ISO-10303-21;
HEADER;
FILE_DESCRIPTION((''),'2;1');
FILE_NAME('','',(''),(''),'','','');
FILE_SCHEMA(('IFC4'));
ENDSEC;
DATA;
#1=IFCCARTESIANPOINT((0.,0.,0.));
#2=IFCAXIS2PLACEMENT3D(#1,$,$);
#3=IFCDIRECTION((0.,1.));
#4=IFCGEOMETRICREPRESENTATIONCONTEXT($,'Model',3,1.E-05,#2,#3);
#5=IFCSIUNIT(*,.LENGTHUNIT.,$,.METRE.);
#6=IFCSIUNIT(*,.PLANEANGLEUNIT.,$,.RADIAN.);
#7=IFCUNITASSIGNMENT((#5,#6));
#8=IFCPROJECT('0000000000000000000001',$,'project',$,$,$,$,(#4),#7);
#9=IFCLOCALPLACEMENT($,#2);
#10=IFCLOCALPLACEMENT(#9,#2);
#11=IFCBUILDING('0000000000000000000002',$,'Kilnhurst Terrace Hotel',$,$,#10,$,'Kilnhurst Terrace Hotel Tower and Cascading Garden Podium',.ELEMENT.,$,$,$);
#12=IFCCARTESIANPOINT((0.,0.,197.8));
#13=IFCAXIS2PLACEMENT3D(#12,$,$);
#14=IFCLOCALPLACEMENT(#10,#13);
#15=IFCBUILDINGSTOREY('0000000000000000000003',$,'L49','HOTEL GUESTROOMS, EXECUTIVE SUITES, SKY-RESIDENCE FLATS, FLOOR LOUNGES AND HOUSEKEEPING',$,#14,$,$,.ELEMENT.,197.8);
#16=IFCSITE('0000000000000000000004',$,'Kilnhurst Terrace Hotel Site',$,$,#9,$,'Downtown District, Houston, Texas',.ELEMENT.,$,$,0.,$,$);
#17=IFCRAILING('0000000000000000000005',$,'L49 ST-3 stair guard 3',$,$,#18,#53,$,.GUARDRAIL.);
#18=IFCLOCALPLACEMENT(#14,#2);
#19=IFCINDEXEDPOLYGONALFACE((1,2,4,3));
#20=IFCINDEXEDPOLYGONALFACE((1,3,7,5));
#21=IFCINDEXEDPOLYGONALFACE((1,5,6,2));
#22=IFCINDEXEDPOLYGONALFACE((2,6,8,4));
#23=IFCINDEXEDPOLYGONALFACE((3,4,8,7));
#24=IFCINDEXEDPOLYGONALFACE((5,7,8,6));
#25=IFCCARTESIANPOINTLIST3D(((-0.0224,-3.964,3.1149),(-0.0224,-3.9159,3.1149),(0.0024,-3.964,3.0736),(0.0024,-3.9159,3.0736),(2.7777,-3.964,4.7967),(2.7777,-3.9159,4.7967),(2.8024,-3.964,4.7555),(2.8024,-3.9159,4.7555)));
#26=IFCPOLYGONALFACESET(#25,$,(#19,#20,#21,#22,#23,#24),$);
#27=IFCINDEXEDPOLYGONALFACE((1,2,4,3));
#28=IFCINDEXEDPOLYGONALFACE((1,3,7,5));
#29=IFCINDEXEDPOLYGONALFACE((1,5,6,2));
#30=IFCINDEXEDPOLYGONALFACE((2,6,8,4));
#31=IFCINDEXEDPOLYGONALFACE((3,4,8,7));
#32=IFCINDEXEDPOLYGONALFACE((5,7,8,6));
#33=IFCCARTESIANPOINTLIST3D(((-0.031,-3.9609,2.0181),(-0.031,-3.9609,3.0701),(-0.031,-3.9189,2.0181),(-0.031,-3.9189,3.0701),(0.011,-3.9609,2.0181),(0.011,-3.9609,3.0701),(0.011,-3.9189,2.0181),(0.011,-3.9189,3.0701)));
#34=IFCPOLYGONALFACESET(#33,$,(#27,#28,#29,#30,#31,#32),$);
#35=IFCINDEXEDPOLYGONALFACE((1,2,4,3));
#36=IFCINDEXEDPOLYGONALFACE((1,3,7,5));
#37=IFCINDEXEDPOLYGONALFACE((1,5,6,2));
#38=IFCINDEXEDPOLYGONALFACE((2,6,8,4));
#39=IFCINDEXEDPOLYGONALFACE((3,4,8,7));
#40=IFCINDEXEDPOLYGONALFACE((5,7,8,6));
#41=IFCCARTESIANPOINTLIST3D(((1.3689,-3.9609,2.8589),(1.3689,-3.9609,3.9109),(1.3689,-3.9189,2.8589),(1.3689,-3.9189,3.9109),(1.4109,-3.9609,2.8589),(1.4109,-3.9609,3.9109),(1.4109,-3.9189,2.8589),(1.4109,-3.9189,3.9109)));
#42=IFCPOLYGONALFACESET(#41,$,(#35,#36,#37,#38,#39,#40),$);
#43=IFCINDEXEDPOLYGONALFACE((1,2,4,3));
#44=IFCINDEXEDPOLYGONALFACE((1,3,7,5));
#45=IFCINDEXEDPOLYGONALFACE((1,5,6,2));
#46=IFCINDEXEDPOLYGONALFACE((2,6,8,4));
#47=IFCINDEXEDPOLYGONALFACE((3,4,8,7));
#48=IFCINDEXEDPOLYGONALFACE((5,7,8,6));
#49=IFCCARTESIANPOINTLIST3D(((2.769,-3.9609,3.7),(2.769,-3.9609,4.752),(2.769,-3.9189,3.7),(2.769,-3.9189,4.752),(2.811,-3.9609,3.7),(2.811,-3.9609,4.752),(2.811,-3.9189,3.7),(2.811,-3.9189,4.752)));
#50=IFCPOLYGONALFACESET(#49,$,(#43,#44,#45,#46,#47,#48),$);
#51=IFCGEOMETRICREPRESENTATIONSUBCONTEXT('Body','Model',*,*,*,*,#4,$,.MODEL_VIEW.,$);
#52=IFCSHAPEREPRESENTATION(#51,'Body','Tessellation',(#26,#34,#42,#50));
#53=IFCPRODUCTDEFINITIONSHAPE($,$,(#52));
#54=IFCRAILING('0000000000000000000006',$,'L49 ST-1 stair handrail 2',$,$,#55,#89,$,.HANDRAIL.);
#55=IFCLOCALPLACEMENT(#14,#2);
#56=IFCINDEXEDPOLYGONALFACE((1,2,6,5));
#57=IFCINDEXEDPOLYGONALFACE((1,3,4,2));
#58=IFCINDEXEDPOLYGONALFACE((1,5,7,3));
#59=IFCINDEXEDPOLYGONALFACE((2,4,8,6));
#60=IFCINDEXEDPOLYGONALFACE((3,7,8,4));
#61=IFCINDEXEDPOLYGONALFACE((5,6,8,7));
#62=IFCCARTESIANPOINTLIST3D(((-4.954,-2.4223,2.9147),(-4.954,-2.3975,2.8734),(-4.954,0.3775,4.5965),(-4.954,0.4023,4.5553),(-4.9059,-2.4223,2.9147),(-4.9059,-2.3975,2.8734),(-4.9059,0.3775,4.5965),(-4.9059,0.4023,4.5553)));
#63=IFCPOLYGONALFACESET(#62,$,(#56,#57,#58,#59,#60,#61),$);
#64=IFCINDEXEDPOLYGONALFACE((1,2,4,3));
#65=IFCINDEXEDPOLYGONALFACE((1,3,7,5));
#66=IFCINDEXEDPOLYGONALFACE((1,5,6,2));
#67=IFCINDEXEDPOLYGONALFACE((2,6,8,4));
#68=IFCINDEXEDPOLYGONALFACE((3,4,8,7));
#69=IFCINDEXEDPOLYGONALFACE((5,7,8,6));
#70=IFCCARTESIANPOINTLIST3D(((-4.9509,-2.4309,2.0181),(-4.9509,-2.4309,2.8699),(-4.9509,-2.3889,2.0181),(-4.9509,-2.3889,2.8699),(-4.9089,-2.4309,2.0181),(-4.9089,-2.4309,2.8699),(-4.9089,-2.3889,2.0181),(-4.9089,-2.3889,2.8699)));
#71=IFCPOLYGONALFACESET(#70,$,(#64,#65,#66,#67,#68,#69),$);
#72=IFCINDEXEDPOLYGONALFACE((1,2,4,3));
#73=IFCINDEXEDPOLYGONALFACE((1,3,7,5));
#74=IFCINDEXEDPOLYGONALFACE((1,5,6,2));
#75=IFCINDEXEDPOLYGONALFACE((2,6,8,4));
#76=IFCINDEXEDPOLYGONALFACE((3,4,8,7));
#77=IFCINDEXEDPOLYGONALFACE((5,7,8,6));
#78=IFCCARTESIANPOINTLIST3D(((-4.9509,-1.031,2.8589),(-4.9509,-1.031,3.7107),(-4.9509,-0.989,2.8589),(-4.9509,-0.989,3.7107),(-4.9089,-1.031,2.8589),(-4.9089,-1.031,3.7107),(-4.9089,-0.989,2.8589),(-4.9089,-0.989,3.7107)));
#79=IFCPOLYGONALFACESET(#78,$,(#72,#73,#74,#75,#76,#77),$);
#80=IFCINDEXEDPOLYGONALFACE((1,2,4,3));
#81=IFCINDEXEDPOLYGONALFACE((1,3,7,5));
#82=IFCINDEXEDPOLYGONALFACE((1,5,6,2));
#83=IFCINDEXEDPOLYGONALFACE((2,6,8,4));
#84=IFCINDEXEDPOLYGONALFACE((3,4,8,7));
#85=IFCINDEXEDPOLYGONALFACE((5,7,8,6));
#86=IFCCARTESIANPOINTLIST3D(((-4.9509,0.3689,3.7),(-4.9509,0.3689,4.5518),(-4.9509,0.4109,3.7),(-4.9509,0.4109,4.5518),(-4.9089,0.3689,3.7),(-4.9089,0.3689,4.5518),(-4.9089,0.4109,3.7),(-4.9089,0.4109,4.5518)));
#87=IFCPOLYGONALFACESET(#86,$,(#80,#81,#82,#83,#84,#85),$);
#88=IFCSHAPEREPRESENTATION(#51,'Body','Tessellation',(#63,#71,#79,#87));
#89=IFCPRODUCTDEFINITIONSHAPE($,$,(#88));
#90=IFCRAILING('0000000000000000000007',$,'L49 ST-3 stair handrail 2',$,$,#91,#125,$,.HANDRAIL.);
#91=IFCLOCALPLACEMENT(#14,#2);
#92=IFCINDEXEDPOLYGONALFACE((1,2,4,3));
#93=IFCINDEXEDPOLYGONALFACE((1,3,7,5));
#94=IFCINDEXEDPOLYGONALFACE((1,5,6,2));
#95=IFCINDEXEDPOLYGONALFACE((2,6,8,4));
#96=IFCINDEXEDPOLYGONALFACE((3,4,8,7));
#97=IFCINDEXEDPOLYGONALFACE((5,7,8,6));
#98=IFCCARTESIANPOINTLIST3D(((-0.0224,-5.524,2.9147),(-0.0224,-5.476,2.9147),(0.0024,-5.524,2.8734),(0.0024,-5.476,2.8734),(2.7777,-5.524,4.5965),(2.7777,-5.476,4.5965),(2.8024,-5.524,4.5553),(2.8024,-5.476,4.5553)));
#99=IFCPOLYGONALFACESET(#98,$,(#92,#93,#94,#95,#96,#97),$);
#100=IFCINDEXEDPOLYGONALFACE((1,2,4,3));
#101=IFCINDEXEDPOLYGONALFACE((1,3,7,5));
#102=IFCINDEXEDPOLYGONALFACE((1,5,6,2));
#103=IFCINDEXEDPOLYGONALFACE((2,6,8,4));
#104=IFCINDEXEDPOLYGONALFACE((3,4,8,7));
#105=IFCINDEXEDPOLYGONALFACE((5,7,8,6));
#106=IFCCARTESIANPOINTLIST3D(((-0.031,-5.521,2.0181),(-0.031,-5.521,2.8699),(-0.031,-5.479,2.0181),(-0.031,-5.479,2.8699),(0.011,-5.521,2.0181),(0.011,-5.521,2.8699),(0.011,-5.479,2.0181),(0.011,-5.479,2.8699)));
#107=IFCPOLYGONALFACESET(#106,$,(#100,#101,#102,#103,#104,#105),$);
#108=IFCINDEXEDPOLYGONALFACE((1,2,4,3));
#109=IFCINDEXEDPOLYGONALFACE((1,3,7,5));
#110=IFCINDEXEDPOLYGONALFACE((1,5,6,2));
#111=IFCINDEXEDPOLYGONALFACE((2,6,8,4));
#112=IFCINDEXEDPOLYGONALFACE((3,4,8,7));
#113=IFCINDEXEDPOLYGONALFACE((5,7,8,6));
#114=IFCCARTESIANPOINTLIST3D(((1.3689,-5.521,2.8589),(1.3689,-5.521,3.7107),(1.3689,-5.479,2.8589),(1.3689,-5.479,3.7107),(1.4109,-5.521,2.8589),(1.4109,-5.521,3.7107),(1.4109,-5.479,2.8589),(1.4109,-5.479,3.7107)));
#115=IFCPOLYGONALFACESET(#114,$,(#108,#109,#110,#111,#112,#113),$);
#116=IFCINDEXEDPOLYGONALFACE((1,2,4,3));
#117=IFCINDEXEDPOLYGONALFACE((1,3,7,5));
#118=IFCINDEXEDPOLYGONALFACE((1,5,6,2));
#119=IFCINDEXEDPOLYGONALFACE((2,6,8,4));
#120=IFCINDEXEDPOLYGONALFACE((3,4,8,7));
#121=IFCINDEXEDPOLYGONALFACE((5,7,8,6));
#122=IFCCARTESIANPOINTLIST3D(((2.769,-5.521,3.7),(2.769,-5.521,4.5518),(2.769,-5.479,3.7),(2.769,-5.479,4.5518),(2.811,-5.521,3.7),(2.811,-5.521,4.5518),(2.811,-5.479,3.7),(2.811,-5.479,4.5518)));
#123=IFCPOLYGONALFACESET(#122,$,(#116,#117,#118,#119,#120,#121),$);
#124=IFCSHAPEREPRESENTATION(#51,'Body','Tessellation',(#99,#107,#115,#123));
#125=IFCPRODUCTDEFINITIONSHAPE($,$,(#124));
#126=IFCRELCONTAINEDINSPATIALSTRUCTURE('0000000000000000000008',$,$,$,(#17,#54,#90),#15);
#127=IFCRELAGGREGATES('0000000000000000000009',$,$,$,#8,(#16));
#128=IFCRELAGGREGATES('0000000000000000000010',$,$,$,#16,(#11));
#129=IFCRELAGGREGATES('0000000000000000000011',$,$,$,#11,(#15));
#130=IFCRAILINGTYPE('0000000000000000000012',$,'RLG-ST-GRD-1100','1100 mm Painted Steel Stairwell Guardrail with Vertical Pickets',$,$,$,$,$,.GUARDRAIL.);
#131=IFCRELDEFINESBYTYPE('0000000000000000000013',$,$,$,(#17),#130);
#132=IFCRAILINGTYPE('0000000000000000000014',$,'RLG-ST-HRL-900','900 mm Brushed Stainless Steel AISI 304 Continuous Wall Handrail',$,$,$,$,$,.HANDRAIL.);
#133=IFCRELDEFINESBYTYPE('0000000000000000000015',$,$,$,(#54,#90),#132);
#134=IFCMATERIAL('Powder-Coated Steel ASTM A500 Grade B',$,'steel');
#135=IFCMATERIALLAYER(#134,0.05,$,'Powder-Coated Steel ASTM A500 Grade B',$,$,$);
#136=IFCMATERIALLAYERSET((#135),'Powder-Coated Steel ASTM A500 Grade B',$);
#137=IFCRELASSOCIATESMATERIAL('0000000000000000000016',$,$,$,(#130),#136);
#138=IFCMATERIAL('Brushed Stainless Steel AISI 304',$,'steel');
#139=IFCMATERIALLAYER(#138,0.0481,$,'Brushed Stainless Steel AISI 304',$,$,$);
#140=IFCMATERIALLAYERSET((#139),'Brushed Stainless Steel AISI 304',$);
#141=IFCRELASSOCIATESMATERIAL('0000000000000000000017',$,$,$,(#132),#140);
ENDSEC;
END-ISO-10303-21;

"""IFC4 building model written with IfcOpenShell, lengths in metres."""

from ifc_helpers import new_model, si_unit, direction, frame, origin, origin_2d, place, context, subcontext, project, spatial, rectangle, extrude, material, layer, layer_set, type_object, element, save


model = new_model("IFC4")

# Units and contexts
model_context = context("Model", 3, precision=1e-05, world=origin(), true_north=direction((0.0, 1.0)))
body_context = subcontext(model_context, "Body", "Model", "MODEL_VIEW")
ifc_project = project(units=[si_unit("LENGTHUNIT", "METRE"), si_unit("PLANEANGLEUNIT", "RADIAN")], contexts=[model_context])

# Site, building, storey
site_placement = place(None, origin())
site = spatial("IfcSite", under=ifc_project, at=site_placement, Name="Kilnhurst Terrace Hotel Site", LongName="Downtown District, Houston, Texas", CompositionType="ELEMENT", RefElevation=0.0)
building_placement = place(site_placement, origin())
building = spatial("IfcBuilding", under=site, at=building_placement, Name="Kilnhurst Terrace Hotel", LongName="Kilnhurst Terrace Hotel Tower and Cascading Garden Podium", CompositionType="ELEMENT")
storey_placement = place(building_placement, frame((0.0, 0.0, 197.8)))
storey = spatial("IfcBuildingStorey", under=building, at=storey_placement, Name="L49", Description="HOTEL GUESTROOMS, EXECUTIVE SUITES, SKY-RESIDENCE FLATS, FLOOR LOUNGES AND HOUSEKEEPING", CompositionType="ELEMENT", Elevation=197.8)

# Railings
ifc_material_1 = material(Name="Powder-Coated Steel ASTM A500 Grade B", Category="steel")
ifc_layer_1 = layer(ifc_material_1, 0.05, Name="Powder-Coated Steel ASTM A500 Grade B")
ifc_layer_set_1 = layer_set([ifc_layer_1], Name="Powder-Coated Steel ASTM A500 Grade B")
railing_type_1 = type_object("IfcRailingType", Name="RLG-ST-GRD-1100", Description="1100 mm Painted Steel Stairwell Guardrail with Vertical Pickets", PredefinedType="GUARDRAIL", material=ifc_layer_set_1)
railing_1_placement = place(storey_placement, frame((-0.01, -3.9399, 2.0181)))
element("IfcRailing", 1, at=railing_1_placement, inside=storey, type_object=railing_type_1, Name="L49 ST-3 stair guard 3", PredefinedType="GUARDRAIL", context=body_context, shape_type="SweptSolid", body=[
    extrude(rectangle(XDim=0.0481, YDim=0.0481, at=origin_2d()), frame((0.0, 0.0, 1.0762), z_axis=(0.857242, 0.0, 0.514913), x_axis=(0.0, 1.0, 0.0)), (0.0, 0.0, 1.0), 3.2664),
    extrude(rectangle(XDim=0.042, YDim=0.042, at=origin_2d()), origin(), (0.0, 0.0, 1.0), 1.052),
    extrude(rectangle(XDim=0.042, YDim=0.042, at=origin_2d()), frame((1.3999, 0.0, 0.8408)), (0.0, 0.0, 1.0), 1.052),
    extrude(rectangle(XDim=0.042, YDim=0.042, at=origin_2d()), frame((2.8, 0.0, 1.6819)), (0.0, 0.0, 1.0), 1.052),
])
ifc_material_2 = material(Name="Brushed Stainless Steel AISI 304", Category="steel")
ifc_layer_2 = layer(ifc_material_2, 0.0481, Name="Brushed Stainless Steel AISI 304")
ifc_layer_set_2 = layer_set([ifc_layer_2], Name="Brushed Stainless Steel AISI 304")
railing_type_2 = type_object("IfcRailingType", Name="RLG-ST-HRL-900", Description="900 mm Brushed Stainless Steel AISI 304 Continuous Wall Handrail", PredefinedType="HANDRAIL", material=ifc_layer_set_2)
railing_2_placement = place(storey_placement, frame((-4.9299, -2.4099, 2.0181)))
element("IfcRailing", 2, at=railing_2_placement, inside=storey, type_object=railing_type_2, Name="L49 ST-1 stair handrail 2", PredefinedType="HANDRAIL", context=body_context, shape_type="SweptSolid", body=[
    extrude(rectangle(XDim=0.0481, YDim=0.0481, at=origin_2d()), frame((0.0, 0.0, 0.876), z_axis=(0.0, 0.857222, 0.514946), x_axis=(-1.0, 0.0, 0.0)), (0.0, 0.0, 1.0), 3.2661),
    extrude(rectangle(XDim=0.042, YDim=0.042, at=origin_2d()), origin(), (0.0, 0.0, 1.0), 0.8518),
    extrude(rectangle(XDim=0.042, YDim=0.042, at=origin_2d()), frame((0.0, 1.3999, 0.8408)), (0.0, 0.0, 1.0), 0.8518),
    extrude(rectangle(XDim=0.042, YDim=0.042, at=origin_2d()), frame((0.0, 2.7998, 1.6819)), (0.0, 0.0, 1.0), 0.8518),
])
railing_3_placement = place(storey_placement, frame((-0.01, -5.5, 2.0181)))
element("IfcRailing", 3, at=railing_3_placement, inside=storey, type_object=railing_type_2, Name="L49 ST-3 stair handrail 2", PredefinedType="HANDRAIL", context=body_context, shape_type="SweptSolid", body=[
    extrude(rectangle(XDim=0.0481, YDim=0.0481, at=origin_2d()), frame((0.0, 0.0, 0.876), z_axis=(0.857242, 0.0, 0.514913), x_axis=(0.0, 1.0, 0.0)), (0.0, 0.0, 1.0), 3.2664),
    extrude(rectangle(XDim=0.042, YDim=0.042, at=origin_2d()), origin(), (0.0, 0.0, 1.0), 0.8518),
    extrude(rectangle(XDim=0.042, YDim=0.042, at=origin_2d()), frame((1.3999, 0.0, 0.8408)), (0.0, 0.0, 1.0), 0.8518),
    extrude(rectangle(XDim=0.042, YDim=0.042, at=origin_2d()), frame((2.8, 0.0, 1.6819)), (0.0, 0.0, 1.0), 0.8518),
])

save(model, "model.ifc")
